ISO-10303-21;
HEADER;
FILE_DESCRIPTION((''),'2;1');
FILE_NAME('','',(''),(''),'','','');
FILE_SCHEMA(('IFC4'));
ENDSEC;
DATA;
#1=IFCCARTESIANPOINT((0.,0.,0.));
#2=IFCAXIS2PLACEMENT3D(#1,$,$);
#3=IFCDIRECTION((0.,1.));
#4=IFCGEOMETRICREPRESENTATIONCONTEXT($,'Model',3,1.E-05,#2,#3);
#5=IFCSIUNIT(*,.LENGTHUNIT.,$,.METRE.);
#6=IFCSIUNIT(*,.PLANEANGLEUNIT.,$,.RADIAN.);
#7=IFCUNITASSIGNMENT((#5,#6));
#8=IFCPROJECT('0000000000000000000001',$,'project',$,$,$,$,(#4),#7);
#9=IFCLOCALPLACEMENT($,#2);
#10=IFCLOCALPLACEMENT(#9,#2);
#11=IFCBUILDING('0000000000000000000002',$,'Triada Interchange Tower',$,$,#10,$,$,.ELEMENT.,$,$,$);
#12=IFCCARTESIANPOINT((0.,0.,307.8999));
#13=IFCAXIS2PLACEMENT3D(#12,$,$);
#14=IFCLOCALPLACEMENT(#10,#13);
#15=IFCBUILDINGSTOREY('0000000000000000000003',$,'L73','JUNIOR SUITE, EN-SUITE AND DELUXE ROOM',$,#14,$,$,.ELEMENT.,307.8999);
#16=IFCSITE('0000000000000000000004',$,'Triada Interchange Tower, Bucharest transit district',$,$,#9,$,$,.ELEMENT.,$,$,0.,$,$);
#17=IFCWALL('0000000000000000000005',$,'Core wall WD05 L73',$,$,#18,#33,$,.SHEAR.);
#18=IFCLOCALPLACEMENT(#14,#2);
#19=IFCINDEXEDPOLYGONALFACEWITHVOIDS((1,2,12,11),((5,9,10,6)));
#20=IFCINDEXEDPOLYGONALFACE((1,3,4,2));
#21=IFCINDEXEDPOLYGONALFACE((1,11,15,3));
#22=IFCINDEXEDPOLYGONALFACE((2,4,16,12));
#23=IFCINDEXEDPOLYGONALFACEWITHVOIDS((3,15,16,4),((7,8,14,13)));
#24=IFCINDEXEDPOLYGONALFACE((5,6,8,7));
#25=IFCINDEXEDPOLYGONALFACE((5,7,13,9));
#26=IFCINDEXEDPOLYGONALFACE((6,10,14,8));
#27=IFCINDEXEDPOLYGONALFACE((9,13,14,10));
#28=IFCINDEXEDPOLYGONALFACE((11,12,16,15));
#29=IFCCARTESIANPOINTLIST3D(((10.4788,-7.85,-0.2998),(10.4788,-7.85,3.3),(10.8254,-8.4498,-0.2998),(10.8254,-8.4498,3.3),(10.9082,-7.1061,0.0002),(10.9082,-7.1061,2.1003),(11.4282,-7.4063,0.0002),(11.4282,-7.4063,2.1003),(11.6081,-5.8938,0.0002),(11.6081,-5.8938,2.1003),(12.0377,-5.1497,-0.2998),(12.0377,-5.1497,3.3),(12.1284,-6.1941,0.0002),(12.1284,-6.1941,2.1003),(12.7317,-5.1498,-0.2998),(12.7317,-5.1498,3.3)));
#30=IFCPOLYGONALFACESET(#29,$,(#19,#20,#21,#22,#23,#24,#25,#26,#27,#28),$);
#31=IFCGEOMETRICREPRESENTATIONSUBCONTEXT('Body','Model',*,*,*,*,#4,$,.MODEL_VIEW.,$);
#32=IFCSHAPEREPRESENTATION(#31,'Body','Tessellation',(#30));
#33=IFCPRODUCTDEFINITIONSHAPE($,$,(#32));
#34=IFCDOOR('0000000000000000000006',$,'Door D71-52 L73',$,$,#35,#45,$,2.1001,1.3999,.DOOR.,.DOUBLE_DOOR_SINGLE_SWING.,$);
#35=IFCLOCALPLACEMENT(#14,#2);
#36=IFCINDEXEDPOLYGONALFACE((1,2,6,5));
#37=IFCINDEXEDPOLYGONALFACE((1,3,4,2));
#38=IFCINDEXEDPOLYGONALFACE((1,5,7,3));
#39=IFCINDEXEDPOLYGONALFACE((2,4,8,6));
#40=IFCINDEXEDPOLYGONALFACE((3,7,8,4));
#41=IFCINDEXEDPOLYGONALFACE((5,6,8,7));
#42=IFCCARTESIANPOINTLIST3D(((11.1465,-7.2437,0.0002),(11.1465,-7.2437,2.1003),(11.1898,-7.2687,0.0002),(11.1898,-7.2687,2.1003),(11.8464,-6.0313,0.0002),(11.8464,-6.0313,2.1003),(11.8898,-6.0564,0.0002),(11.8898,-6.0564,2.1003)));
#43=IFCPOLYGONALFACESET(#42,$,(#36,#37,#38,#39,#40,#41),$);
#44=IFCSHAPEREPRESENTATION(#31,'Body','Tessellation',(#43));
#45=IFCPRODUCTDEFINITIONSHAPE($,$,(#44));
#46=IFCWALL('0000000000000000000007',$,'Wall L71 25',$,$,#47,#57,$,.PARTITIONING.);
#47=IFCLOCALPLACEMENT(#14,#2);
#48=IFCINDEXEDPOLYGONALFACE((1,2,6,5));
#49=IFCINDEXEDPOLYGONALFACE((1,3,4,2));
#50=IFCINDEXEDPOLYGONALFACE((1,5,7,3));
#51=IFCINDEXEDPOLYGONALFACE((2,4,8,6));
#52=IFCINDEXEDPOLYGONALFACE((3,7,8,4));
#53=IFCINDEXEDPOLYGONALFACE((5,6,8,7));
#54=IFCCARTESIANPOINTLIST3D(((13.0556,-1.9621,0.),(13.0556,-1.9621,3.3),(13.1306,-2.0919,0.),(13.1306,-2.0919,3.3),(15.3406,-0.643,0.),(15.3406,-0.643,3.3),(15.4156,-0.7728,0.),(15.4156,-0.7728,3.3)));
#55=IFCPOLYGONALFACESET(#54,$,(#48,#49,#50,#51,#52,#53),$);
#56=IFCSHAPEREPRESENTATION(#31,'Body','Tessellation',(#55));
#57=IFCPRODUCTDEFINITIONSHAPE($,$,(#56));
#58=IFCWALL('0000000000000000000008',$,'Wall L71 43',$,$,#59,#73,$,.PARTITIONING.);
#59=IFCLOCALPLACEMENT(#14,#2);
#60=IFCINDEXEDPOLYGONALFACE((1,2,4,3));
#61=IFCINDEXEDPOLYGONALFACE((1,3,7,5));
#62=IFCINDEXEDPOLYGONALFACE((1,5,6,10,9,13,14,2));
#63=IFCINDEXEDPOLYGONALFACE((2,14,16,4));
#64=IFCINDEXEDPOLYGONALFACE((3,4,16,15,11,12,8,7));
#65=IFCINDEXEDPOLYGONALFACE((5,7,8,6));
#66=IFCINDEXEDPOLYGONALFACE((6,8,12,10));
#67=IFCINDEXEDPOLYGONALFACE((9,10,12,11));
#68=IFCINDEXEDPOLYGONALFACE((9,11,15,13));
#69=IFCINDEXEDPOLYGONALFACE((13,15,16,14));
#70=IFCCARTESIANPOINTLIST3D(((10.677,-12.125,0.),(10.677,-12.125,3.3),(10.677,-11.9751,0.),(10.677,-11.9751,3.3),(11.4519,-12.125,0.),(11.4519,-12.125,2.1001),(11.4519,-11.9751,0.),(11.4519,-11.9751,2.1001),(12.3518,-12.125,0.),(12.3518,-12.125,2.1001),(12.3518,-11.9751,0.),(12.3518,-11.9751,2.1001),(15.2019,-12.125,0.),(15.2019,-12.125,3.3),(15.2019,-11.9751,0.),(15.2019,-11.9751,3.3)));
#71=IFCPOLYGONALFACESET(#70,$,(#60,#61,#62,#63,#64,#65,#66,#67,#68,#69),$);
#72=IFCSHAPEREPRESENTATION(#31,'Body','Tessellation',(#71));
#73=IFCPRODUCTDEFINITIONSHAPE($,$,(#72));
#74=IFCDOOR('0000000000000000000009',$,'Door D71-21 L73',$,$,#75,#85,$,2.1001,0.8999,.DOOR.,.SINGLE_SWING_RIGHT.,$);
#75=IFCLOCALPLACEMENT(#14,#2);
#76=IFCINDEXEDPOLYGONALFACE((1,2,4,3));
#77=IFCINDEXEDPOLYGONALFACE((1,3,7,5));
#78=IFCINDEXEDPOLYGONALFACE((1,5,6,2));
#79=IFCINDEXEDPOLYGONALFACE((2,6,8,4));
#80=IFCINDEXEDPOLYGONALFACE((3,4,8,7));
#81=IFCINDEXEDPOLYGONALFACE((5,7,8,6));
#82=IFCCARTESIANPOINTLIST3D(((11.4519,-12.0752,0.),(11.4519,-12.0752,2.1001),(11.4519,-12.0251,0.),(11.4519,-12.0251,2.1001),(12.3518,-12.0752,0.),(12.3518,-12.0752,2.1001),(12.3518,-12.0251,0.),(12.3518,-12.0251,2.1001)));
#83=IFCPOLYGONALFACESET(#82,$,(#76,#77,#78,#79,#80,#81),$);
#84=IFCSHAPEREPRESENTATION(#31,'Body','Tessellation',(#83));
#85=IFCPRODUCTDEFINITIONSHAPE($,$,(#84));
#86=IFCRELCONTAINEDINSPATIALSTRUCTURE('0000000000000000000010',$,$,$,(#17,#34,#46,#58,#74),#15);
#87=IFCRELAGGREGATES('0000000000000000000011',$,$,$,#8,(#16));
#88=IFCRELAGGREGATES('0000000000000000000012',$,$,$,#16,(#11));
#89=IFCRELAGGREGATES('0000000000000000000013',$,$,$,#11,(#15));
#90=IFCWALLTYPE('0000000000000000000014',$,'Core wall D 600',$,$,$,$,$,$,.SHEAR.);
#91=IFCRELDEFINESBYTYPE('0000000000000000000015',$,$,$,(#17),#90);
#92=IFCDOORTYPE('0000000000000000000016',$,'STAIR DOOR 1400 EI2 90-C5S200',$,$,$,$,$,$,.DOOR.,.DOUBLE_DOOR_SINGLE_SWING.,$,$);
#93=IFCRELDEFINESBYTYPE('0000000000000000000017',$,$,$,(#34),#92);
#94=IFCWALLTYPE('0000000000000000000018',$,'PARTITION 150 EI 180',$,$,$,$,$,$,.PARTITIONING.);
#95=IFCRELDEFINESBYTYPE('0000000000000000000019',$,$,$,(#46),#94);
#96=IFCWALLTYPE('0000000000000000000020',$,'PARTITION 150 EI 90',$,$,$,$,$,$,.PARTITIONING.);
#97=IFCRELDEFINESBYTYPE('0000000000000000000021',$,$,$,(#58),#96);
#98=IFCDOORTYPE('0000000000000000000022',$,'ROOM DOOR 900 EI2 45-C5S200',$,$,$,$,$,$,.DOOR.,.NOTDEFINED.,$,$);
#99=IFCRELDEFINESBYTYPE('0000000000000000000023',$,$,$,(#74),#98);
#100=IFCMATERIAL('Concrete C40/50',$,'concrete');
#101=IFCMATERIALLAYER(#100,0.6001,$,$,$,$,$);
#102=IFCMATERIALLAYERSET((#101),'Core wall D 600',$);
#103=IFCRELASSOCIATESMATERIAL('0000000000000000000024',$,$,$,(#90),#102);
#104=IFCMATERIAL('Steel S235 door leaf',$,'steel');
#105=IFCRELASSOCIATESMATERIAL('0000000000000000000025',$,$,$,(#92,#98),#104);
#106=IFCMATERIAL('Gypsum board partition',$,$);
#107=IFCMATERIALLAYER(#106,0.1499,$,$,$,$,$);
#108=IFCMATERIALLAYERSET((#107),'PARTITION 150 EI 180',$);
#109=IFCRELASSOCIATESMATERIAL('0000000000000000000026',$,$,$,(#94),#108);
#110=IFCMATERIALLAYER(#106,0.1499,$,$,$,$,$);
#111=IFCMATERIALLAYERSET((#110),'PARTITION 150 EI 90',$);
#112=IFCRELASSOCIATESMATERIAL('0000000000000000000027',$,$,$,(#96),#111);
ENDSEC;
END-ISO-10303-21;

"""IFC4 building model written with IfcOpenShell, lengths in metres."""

from ifc_helpers import new_model, si_unit, direction, frame, frame_2d, origin, place, context, subcontext, project, spatial, polyline, rectangle, outline, extrude, material, layer, layer_set, type_object, element, fill, save


model = new_model("IFC4")

# Units and contexts
model_context = context("Model", 3, precision=1e-05, world=origin(), true_north=direction((0.0, 1.0)))
body_context = subcontext(model_context, "Body", "Model", "MODEL_VIEW")
ifc_project = project(units=[si_unit("LENGTHUNIT", "METRE"), si_unit("PLANEANGLEUNIT", "RADIAN")], contexts=[model_context])

# Site, building, storey
site_placement = place(None, origin())
site = spatial("IfcSite", under=ifc_project, at=site_placement, Name="Triada Interchange Tower, Bucharest transit district", CompositionType="ELEMENT", RefElevation=0.0)
building_placement = place(site_placement, origin())
building = spatial("IfcBuilding", under=site, at=building_placement, Name="Triada Interchange Tower", CompositionType="ELEMENT")
storey_placement = place(building_placement, frame((0.0, 0.0, 307.8999)))
storey = spatial("IfcBuildingStorey", under=building, at=storey_placement, Name="L73", Description="JUNIOR SUITE, EN-SUITE AND DELUXE ROOM", CompositionType="ELEMENT", Elevation=307.8999)

# Shared definitions
ifc_material_1 = material(Name="Steel S235 door leaf", Category="steel")

# Wall, opening, door
ifc_material_2 = material(Name="Concrete C40/50", Category="concrete")
ifc_layer_1 = layer(ifc_material_2, 0.6001)
ifc_layer_set_1 = layer_set([ifc_layer_1], Name="Core wall D 600")
wall_type_1 = type_object("IfcWallType", Name="Core wall D 600", PredefinedType="SHEAR", material=ifc_layer_set_1)
wall_1_placement = place(storey_placement, frame((10.6521, -8.1499, -0.2998), z_axis=(0.0, 0.0, 1.0), x_axis=(0.499975, 0.86604, 0.0)))
wall_1 = element("IfcWall", 1, at=wall_1_placement, inside=storey, type_object=wall_type_1, Name="Core wall WD05 L73", PredefinedType="SHEAR", context=body_context, shape_type="SweptSolid", body=[
    extrude(outline(polyline([(-0.1731, -0.3), (1.7324, -0.3005), (3.6379, -0.301), (3.291, 0.3), (1.7319, 0.3), (0.1731, 0.3), (-0.1731, -0.3)])), origin(), (0.0, 0.0, 1.0), 3.5999),
])
opening_1_placement = place(wall_1_placement, frame((1.032, 0.0, 0.3)))
opening_1 = element("IfcOpeningElement", 2, at=opening_1_placement, cuts=wall_1, PredefinedType="OPENING", context=body_context, shape_type="SweptSolid", body=[
    extrude(rectangle(XDim=1.3999, YDim=2.1001, at=frame_2d((0.7, 1.05))), frame((0.0, 0.3101, 0.0), z_axis=(0.0, -1.0, 0.0), x_axis=(1.0, 0.0, 0.0)), (0.0, 0.0, 1.0), 0.6211),
])
door_type_1 = type_object("IfcDoorType", Name="STAIR DOOR 1400 EI2 90-C5S200", OperationType="DOUBLE_DOOR_SINGLE_SWING", PredefinedType="DOOR", material=ifc_material_1)
door_1_placement = place(opening_1_placement, origin())
door_1 = element("IfcDoor", 3, at=door_1_placement, inside=storey, type_object=door_type_1, Name="Door D71-52 L73", OperationType="DOUBLE_DOOR_SINGLE_SWING", OverallHeight=2.1001, OverallWidth=1.3999, PredefinedType="DOOR", context=body_context, shape_type="SweptSolid", body=[
    extrude(rectangle(XDim=1.3999, YDim=2.1001, at=frame_2d((0.7, 1.05))), frame((0.0, 0.0249, 0.0), z_axis=(0.0, -1.0, 0.0), x_axis=(1.0, 0.0, 0.0)), (0.0, 0.0, 1.0), 0.05),
])
fill(opening_1, door_1)

# Wall
ifc_material_3 = material(Name="Gypsum board partition")
ifc_layer_2 = layer(ifc_material_3, 0.1499)
ifc_layer_set_2 = layer_set([ifc_layer_2], Name="PARTITION 150 EI 180")
wall_type_2 = type_object("IfcWallType", Name="PARTITION 150 EI 180", PredefinedType="PARTITIONING", material=ifc_layer_set_2)
wall_2_placement = place(storey_placement, frame((13.093, -2.0271, 0.0), z_axis=(0.0, 0.0, 1.0), x_axis=(0.866042, 0.499971, 0.0)))
element("IfcWall", 4, at=wall_2_placement, inside=storey, type_object=wall_type_2, Name="Wall L71 25", PredefinedType="PARTITIONING", context=body_context, shape_type="SweptSolid", body=[
    extrude(rectangle(XDim=2.6384, YDim=0.1499, at=frame_2d((1.3193, 0.0))), origin(), (0.0, 0.0, 1.0), 3.3),
])

# Wall, opening, door
ifc_layer_3 = layer(ifc_material_3, 0.1499)
ifc_layer_set_3 = layer_set([ifc_layer_3], Name="PARTITION 150 EI 90")
wall_type_3 = type_object("IfcWallType", Name="PARTITION 150 EI 90", PredefinedType="PARTITIONING", material=ifc_layer_set_3)
wall_3_placement = place(storey_placement, frame((10.677, -12.05, 0.0), z_axis=(0.0, 0.0, 1.0), x_axis=(1.0, 0.0, 0.0)))
wall_3 = element("IfcWall", 5, at=wall_3_placement, inside=storey, type_object=wall_type_3, Name="Wall L71 43", PredefinedType="PARTITIONING", context=body_context, shape_type="SweptSolid", body=[
    extrude(rectangle(XDim=4.5249, YDim=0.1499, at=frame_2d((2.2625, 0.0))), origin(), (0.0, 0.0, 1.0), 3.3),
])
opening_2_placement = place(wall_3_placement, frame((0.7749, 0.0, 0.0)))
opening_2 = element("IfcOpeningElement", 6, at=opening_2_placement, cuts=wall_3, PredefinedType="OPENING", context=body_context, shape_type="SweptSolid", body=[
    extrude(rectangle(XDim=0.8999, YDim=2.1001, at=frame_2d((0.45, 1.05))), frame((0.0, 0.085, 0.0), z_axis=(0.0, -1.0, 0.0), x_axis=(1.0, 0.0, 0.0)), (0.0, 0.0, 1.0), 0.1699),
])
door_type_2 = type_object("IfcDoorType", Name="ROOM DOOR 900 EI2 45-C5S200", OperationType="NOTDEFINED", PredefinedType="DOOR", material=ifc_material_1)
door_2_placement = place(opening_2_placement, origin())
door_2 = element("IfcDoor", 7, at=door_2_placement, inside=storey, type_object=door_type_2, Name="Door D71-21 L73", OperationType="SINGLE_SWING_RIGHT", OverallHeight=2.1001, OverallWidth=0.8999, PredefinedType="DOOR", context=body_context, shape_type="SweptSolid", body=[
    extrude(rectangle(XDim=0.8999, YDim=2.1001, at=frame_2d((0.45, 1.05))), frame((0.0, 0.0249, 0.0), z_axis=(0.0, -1.0, 0.0), x_axis=(1.0, 0.0, 0.0)), (0.0, 0.0, 1.0), 0.05),
])
fill(opening_2, door_2)

save(model, "model.ifc")
